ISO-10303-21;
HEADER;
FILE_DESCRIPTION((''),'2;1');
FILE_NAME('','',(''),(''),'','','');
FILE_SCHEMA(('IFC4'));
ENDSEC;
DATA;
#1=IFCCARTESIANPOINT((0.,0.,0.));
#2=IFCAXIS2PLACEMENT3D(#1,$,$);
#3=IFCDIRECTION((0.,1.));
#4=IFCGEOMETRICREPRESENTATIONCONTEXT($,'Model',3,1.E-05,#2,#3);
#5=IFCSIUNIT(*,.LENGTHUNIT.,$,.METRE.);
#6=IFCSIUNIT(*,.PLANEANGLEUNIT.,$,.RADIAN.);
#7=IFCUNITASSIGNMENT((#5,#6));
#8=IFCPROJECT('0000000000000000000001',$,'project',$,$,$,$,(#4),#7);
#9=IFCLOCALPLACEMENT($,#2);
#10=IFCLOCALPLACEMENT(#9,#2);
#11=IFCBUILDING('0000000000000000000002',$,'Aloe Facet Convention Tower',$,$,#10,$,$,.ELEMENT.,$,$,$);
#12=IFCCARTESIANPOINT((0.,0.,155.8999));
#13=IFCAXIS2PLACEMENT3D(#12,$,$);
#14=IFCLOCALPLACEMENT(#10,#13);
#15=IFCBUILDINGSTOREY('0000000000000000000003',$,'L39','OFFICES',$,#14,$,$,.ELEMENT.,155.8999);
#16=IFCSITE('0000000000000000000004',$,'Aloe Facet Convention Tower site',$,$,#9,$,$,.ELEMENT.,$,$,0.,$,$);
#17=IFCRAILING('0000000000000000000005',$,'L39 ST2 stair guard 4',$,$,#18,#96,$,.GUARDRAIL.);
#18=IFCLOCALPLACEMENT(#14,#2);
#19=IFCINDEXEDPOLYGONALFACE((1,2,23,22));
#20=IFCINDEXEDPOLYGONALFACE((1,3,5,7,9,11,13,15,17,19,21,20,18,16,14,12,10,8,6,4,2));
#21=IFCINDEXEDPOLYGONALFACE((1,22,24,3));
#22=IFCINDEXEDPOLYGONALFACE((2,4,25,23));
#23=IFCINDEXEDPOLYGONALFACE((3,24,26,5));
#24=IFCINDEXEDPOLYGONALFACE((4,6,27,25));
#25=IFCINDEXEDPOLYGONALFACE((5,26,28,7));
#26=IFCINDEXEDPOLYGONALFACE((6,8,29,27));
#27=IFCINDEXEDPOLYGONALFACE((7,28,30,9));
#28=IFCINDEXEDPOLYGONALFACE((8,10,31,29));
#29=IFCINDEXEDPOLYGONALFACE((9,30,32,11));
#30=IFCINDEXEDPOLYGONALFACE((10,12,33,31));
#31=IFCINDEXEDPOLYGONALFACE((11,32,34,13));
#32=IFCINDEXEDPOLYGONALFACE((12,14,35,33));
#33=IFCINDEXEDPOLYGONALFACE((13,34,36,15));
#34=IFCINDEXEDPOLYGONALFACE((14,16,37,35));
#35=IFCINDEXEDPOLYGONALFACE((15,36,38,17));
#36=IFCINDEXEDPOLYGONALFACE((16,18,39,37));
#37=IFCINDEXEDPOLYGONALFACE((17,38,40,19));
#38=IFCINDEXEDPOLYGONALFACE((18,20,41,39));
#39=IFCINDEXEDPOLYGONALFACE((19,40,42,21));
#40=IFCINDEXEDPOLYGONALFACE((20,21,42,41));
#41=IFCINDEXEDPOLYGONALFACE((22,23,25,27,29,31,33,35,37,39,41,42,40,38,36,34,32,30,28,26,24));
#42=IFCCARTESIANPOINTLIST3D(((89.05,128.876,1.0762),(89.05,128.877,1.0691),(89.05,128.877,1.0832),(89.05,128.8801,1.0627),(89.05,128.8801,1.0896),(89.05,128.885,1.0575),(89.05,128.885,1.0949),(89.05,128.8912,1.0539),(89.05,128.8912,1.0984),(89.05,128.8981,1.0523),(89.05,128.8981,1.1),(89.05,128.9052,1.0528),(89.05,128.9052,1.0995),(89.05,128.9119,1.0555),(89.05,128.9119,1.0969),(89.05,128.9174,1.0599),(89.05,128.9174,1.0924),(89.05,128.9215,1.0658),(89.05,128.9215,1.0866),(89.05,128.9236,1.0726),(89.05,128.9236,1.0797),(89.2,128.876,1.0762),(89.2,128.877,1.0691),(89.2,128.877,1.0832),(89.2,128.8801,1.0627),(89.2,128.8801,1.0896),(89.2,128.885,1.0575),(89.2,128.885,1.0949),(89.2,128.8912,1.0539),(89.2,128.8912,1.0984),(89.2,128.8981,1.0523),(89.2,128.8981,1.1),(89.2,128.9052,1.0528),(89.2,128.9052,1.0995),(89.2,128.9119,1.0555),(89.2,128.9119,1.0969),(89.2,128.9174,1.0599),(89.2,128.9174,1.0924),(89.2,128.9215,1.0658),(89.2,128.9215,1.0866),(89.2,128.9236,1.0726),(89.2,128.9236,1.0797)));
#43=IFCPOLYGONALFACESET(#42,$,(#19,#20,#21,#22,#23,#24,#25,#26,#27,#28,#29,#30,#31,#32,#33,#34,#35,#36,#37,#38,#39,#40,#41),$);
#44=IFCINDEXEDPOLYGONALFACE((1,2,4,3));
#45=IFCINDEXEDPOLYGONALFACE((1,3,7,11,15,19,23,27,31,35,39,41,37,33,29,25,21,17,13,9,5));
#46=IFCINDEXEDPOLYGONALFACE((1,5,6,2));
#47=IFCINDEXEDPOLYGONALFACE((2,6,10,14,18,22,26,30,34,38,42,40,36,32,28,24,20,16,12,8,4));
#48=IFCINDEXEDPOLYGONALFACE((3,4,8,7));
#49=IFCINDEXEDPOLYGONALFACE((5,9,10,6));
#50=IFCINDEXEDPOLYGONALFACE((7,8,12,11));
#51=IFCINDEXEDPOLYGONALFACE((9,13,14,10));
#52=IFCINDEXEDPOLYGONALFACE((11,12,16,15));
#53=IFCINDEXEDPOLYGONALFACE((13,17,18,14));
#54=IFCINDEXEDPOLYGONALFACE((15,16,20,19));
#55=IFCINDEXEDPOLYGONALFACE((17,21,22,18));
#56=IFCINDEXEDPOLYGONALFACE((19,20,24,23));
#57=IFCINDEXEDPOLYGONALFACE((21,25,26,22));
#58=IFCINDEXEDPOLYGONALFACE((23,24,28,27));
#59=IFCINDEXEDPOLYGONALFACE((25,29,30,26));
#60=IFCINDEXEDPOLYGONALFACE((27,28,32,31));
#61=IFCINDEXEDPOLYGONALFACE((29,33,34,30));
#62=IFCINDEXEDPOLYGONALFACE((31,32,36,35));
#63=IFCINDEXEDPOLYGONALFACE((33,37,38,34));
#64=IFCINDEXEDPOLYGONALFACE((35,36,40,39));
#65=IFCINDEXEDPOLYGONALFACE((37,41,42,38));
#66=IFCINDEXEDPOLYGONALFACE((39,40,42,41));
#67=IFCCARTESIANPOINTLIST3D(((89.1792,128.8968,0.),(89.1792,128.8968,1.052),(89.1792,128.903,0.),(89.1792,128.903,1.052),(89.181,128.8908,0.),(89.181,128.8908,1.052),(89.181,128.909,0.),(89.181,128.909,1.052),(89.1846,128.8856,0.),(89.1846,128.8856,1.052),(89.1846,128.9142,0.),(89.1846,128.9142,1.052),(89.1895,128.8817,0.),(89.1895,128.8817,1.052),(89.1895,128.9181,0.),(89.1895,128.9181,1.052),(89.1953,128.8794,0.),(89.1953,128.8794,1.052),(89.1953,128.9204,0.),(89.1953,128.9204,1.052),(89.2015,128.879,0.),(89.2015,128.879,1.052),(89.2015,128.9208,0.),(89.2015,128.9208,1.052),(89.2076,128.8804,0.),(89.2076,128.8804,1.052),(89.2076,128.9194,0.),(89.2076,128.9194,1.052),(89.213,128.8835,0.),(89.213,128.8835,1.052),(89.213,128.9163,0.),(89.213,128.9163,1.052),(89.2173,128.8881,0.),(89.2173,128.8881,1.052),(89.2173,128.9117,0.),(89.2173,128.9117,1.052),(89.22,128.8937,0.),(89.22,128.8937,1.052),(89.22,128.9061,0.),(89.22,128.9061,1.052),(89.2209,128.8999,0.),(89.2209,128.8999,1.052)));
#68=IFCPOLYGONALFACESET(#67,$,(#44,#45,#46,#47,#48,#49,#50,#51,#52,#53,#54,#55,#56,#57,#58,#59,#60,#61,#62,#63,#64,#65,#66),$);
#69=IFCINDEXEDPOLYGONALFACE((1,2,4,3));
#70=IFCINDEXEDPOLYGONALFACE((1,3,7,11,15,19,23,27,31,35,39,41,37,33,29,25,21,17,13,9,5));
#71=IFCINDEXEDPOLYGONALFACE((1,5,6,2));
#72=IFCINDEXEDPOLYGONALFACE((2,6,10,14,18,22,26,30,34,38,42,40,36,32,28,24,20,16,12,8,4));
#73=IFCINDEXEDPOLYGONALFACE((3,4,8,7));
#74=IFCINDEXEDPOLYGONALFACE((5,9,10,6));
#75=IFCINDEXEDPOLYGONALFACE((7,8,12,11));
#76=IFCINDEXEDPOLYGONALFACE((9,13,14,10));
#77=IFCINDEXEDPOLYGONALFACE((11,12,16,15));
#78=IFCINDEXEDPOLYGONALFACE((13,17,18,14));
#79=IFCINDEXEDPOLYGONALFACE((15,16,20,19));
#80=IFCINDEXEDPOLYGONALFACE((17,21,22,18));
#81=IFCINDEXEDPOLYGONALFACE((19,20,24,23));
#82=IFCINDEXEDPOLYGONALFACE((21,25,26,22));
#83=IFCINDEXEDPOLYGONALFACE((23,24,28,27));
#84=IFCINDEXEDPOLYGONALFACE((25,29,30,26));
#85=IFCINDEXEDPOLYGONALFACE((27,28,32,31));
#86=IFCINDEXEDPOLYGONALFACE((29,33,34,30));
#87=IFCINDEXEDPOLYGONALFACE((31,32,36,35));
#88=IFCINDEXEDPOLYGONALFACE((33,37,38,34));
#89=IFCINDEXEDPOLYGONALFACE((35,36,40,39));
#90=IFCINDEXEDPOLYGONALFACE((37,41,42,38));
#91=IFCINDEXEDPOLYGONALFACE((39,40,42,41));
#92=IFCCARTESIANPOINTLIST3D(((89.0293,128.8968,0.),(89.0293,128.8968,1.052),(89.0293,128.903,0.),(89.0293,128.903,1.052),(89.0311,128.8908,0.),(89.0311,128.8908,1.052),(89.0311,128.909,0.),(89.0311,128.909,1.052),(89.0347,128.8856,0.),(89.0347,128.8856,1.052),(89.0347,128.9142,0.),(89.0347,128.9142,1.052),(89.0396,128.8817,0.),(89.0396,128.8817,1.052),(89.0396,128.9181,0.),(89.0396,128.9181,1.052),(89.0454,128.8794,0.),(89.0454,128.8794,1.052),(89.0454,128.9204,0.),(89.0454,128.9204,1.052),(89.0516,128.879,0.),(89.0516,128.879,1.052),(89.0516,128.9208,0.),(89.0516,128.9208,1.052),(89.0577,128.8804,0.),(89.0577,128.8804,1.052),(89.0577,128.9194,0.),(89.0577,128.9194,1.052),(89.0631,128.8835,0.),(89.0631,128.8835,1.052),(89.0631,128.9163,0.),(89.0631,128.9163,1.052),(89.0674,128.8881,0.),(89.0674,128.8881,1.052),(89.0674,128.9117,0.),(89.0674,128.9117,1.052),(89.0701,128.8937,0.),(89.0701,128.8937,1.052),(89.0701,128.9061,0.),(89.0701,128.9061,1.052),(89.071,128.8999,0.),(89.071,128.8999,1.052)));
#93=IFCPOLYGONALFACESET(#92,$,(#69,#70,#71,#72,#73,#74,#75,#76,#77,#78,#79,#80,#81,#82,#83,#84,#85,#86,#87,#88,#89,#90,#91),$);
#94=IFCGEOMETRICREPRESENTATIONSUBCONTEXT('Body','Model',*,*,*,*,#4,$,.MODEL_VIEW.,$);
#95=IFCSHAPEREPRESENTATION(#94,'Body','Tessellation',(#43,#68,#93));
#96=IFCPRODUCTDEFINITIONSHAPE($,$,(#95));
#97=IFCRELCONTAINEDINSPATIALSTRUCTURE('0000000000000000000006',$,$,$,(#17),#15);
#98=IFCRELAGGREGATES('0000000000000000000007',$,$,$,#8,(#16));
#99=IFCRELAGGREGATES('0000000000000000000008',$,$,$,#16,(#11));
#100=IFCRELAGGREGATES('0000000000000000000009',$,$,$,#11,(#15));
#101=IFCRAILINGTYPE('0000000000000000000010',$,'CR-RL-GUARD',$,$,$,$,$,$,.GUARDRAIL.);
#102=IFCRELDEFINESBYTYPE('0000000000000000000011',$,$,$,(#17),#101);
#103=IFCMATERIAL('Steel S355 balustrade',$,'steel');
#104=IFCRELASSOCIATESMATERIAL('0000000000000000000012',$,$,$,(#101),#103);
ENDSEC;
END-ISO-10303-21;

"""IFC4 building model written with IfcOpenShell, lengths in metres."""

from ifc_helpers import new_model, si_unit, direction, frame, origin, origin_2d, place, context, subcontext, project, spatial, circle, extrude, material, type_object, element, save


model = new_model("IFC4")

# Units and contexts
model_context = context("Model", 3, precision=1e-05, world=origin(), true_north=direction((0.0, 1.0)))
body_context = subcontext(model_context, "Body", "Model", "MODEL_VIEW")
ifc_project = project(units=[si_unit("LENGTHUNIT", "METRE"), si_unit("PLANEANGLEUNIT", "RADIAN")], contexts=[model_context])

# Site, building, storey
site_placement = place(None, origin())
site = spatial("IfcSite", under=ifc_project, at=site_placement, Name="Aloe Facet Convention Tower site", CompositionType="ELEMENT", RefElevation=0.0)
building_placement = place(site_placement, origin())
building = spatial("IfcBuilding", under=site, at=building_placement, Name="Aloe Facet Convention Tower", CompositionType="ELEMENT")
storey_placement = place(building_placement, frame((0.0, 0.0, 155.8999)))
storey = spatial("IfcBuildingStorey", under=building, at=storey_placement, Name="L39", Description="OFFICES", CompositionType="ELEMENT", Elevation=155.8999)

# Railing
ifc_material_1 = material(Name="Steel S355 balustrade", Category="steel")
railing_type_1 = type_object("IfcRailingType", Name="CR-RL-GUARD", PredefinedType="GUARDRAIL", material=ifc_material_1)
railing_1_placement = place(storey_placement, frame((89.2, 128.8999, 0.0)))
element("IfcRailing", 1, at=railing_1_placement, inside=storey, type_object=railing_type_1, Name="L39 ST2 stair guard 4", PredefinedType="GUARDRAIL", context=body_context, shape_type="SweptSolid", body=[
    extrude(circle(Radius=0.0239, at=origin_2d()), frame((0.0, 0.0, 1.0762), z_axis=(-1.0, 0.0, 0.0), x_axis=(0.0, -1.0, 0.0)), (0.0, 0.0, 1.0), 0.1499),
    extrude(circle(Radius=0.021, at=origin_2d()), origin(), (0.0, 0.0, 1.0), 1.052),
    extrude(circle(Radius=0.021, at=origin_2d()), frame((-0.1499, 0.0, 0.0)), (0.0, 0.0, 1.0), 1.052),
])

save(model, "model.ifc")
